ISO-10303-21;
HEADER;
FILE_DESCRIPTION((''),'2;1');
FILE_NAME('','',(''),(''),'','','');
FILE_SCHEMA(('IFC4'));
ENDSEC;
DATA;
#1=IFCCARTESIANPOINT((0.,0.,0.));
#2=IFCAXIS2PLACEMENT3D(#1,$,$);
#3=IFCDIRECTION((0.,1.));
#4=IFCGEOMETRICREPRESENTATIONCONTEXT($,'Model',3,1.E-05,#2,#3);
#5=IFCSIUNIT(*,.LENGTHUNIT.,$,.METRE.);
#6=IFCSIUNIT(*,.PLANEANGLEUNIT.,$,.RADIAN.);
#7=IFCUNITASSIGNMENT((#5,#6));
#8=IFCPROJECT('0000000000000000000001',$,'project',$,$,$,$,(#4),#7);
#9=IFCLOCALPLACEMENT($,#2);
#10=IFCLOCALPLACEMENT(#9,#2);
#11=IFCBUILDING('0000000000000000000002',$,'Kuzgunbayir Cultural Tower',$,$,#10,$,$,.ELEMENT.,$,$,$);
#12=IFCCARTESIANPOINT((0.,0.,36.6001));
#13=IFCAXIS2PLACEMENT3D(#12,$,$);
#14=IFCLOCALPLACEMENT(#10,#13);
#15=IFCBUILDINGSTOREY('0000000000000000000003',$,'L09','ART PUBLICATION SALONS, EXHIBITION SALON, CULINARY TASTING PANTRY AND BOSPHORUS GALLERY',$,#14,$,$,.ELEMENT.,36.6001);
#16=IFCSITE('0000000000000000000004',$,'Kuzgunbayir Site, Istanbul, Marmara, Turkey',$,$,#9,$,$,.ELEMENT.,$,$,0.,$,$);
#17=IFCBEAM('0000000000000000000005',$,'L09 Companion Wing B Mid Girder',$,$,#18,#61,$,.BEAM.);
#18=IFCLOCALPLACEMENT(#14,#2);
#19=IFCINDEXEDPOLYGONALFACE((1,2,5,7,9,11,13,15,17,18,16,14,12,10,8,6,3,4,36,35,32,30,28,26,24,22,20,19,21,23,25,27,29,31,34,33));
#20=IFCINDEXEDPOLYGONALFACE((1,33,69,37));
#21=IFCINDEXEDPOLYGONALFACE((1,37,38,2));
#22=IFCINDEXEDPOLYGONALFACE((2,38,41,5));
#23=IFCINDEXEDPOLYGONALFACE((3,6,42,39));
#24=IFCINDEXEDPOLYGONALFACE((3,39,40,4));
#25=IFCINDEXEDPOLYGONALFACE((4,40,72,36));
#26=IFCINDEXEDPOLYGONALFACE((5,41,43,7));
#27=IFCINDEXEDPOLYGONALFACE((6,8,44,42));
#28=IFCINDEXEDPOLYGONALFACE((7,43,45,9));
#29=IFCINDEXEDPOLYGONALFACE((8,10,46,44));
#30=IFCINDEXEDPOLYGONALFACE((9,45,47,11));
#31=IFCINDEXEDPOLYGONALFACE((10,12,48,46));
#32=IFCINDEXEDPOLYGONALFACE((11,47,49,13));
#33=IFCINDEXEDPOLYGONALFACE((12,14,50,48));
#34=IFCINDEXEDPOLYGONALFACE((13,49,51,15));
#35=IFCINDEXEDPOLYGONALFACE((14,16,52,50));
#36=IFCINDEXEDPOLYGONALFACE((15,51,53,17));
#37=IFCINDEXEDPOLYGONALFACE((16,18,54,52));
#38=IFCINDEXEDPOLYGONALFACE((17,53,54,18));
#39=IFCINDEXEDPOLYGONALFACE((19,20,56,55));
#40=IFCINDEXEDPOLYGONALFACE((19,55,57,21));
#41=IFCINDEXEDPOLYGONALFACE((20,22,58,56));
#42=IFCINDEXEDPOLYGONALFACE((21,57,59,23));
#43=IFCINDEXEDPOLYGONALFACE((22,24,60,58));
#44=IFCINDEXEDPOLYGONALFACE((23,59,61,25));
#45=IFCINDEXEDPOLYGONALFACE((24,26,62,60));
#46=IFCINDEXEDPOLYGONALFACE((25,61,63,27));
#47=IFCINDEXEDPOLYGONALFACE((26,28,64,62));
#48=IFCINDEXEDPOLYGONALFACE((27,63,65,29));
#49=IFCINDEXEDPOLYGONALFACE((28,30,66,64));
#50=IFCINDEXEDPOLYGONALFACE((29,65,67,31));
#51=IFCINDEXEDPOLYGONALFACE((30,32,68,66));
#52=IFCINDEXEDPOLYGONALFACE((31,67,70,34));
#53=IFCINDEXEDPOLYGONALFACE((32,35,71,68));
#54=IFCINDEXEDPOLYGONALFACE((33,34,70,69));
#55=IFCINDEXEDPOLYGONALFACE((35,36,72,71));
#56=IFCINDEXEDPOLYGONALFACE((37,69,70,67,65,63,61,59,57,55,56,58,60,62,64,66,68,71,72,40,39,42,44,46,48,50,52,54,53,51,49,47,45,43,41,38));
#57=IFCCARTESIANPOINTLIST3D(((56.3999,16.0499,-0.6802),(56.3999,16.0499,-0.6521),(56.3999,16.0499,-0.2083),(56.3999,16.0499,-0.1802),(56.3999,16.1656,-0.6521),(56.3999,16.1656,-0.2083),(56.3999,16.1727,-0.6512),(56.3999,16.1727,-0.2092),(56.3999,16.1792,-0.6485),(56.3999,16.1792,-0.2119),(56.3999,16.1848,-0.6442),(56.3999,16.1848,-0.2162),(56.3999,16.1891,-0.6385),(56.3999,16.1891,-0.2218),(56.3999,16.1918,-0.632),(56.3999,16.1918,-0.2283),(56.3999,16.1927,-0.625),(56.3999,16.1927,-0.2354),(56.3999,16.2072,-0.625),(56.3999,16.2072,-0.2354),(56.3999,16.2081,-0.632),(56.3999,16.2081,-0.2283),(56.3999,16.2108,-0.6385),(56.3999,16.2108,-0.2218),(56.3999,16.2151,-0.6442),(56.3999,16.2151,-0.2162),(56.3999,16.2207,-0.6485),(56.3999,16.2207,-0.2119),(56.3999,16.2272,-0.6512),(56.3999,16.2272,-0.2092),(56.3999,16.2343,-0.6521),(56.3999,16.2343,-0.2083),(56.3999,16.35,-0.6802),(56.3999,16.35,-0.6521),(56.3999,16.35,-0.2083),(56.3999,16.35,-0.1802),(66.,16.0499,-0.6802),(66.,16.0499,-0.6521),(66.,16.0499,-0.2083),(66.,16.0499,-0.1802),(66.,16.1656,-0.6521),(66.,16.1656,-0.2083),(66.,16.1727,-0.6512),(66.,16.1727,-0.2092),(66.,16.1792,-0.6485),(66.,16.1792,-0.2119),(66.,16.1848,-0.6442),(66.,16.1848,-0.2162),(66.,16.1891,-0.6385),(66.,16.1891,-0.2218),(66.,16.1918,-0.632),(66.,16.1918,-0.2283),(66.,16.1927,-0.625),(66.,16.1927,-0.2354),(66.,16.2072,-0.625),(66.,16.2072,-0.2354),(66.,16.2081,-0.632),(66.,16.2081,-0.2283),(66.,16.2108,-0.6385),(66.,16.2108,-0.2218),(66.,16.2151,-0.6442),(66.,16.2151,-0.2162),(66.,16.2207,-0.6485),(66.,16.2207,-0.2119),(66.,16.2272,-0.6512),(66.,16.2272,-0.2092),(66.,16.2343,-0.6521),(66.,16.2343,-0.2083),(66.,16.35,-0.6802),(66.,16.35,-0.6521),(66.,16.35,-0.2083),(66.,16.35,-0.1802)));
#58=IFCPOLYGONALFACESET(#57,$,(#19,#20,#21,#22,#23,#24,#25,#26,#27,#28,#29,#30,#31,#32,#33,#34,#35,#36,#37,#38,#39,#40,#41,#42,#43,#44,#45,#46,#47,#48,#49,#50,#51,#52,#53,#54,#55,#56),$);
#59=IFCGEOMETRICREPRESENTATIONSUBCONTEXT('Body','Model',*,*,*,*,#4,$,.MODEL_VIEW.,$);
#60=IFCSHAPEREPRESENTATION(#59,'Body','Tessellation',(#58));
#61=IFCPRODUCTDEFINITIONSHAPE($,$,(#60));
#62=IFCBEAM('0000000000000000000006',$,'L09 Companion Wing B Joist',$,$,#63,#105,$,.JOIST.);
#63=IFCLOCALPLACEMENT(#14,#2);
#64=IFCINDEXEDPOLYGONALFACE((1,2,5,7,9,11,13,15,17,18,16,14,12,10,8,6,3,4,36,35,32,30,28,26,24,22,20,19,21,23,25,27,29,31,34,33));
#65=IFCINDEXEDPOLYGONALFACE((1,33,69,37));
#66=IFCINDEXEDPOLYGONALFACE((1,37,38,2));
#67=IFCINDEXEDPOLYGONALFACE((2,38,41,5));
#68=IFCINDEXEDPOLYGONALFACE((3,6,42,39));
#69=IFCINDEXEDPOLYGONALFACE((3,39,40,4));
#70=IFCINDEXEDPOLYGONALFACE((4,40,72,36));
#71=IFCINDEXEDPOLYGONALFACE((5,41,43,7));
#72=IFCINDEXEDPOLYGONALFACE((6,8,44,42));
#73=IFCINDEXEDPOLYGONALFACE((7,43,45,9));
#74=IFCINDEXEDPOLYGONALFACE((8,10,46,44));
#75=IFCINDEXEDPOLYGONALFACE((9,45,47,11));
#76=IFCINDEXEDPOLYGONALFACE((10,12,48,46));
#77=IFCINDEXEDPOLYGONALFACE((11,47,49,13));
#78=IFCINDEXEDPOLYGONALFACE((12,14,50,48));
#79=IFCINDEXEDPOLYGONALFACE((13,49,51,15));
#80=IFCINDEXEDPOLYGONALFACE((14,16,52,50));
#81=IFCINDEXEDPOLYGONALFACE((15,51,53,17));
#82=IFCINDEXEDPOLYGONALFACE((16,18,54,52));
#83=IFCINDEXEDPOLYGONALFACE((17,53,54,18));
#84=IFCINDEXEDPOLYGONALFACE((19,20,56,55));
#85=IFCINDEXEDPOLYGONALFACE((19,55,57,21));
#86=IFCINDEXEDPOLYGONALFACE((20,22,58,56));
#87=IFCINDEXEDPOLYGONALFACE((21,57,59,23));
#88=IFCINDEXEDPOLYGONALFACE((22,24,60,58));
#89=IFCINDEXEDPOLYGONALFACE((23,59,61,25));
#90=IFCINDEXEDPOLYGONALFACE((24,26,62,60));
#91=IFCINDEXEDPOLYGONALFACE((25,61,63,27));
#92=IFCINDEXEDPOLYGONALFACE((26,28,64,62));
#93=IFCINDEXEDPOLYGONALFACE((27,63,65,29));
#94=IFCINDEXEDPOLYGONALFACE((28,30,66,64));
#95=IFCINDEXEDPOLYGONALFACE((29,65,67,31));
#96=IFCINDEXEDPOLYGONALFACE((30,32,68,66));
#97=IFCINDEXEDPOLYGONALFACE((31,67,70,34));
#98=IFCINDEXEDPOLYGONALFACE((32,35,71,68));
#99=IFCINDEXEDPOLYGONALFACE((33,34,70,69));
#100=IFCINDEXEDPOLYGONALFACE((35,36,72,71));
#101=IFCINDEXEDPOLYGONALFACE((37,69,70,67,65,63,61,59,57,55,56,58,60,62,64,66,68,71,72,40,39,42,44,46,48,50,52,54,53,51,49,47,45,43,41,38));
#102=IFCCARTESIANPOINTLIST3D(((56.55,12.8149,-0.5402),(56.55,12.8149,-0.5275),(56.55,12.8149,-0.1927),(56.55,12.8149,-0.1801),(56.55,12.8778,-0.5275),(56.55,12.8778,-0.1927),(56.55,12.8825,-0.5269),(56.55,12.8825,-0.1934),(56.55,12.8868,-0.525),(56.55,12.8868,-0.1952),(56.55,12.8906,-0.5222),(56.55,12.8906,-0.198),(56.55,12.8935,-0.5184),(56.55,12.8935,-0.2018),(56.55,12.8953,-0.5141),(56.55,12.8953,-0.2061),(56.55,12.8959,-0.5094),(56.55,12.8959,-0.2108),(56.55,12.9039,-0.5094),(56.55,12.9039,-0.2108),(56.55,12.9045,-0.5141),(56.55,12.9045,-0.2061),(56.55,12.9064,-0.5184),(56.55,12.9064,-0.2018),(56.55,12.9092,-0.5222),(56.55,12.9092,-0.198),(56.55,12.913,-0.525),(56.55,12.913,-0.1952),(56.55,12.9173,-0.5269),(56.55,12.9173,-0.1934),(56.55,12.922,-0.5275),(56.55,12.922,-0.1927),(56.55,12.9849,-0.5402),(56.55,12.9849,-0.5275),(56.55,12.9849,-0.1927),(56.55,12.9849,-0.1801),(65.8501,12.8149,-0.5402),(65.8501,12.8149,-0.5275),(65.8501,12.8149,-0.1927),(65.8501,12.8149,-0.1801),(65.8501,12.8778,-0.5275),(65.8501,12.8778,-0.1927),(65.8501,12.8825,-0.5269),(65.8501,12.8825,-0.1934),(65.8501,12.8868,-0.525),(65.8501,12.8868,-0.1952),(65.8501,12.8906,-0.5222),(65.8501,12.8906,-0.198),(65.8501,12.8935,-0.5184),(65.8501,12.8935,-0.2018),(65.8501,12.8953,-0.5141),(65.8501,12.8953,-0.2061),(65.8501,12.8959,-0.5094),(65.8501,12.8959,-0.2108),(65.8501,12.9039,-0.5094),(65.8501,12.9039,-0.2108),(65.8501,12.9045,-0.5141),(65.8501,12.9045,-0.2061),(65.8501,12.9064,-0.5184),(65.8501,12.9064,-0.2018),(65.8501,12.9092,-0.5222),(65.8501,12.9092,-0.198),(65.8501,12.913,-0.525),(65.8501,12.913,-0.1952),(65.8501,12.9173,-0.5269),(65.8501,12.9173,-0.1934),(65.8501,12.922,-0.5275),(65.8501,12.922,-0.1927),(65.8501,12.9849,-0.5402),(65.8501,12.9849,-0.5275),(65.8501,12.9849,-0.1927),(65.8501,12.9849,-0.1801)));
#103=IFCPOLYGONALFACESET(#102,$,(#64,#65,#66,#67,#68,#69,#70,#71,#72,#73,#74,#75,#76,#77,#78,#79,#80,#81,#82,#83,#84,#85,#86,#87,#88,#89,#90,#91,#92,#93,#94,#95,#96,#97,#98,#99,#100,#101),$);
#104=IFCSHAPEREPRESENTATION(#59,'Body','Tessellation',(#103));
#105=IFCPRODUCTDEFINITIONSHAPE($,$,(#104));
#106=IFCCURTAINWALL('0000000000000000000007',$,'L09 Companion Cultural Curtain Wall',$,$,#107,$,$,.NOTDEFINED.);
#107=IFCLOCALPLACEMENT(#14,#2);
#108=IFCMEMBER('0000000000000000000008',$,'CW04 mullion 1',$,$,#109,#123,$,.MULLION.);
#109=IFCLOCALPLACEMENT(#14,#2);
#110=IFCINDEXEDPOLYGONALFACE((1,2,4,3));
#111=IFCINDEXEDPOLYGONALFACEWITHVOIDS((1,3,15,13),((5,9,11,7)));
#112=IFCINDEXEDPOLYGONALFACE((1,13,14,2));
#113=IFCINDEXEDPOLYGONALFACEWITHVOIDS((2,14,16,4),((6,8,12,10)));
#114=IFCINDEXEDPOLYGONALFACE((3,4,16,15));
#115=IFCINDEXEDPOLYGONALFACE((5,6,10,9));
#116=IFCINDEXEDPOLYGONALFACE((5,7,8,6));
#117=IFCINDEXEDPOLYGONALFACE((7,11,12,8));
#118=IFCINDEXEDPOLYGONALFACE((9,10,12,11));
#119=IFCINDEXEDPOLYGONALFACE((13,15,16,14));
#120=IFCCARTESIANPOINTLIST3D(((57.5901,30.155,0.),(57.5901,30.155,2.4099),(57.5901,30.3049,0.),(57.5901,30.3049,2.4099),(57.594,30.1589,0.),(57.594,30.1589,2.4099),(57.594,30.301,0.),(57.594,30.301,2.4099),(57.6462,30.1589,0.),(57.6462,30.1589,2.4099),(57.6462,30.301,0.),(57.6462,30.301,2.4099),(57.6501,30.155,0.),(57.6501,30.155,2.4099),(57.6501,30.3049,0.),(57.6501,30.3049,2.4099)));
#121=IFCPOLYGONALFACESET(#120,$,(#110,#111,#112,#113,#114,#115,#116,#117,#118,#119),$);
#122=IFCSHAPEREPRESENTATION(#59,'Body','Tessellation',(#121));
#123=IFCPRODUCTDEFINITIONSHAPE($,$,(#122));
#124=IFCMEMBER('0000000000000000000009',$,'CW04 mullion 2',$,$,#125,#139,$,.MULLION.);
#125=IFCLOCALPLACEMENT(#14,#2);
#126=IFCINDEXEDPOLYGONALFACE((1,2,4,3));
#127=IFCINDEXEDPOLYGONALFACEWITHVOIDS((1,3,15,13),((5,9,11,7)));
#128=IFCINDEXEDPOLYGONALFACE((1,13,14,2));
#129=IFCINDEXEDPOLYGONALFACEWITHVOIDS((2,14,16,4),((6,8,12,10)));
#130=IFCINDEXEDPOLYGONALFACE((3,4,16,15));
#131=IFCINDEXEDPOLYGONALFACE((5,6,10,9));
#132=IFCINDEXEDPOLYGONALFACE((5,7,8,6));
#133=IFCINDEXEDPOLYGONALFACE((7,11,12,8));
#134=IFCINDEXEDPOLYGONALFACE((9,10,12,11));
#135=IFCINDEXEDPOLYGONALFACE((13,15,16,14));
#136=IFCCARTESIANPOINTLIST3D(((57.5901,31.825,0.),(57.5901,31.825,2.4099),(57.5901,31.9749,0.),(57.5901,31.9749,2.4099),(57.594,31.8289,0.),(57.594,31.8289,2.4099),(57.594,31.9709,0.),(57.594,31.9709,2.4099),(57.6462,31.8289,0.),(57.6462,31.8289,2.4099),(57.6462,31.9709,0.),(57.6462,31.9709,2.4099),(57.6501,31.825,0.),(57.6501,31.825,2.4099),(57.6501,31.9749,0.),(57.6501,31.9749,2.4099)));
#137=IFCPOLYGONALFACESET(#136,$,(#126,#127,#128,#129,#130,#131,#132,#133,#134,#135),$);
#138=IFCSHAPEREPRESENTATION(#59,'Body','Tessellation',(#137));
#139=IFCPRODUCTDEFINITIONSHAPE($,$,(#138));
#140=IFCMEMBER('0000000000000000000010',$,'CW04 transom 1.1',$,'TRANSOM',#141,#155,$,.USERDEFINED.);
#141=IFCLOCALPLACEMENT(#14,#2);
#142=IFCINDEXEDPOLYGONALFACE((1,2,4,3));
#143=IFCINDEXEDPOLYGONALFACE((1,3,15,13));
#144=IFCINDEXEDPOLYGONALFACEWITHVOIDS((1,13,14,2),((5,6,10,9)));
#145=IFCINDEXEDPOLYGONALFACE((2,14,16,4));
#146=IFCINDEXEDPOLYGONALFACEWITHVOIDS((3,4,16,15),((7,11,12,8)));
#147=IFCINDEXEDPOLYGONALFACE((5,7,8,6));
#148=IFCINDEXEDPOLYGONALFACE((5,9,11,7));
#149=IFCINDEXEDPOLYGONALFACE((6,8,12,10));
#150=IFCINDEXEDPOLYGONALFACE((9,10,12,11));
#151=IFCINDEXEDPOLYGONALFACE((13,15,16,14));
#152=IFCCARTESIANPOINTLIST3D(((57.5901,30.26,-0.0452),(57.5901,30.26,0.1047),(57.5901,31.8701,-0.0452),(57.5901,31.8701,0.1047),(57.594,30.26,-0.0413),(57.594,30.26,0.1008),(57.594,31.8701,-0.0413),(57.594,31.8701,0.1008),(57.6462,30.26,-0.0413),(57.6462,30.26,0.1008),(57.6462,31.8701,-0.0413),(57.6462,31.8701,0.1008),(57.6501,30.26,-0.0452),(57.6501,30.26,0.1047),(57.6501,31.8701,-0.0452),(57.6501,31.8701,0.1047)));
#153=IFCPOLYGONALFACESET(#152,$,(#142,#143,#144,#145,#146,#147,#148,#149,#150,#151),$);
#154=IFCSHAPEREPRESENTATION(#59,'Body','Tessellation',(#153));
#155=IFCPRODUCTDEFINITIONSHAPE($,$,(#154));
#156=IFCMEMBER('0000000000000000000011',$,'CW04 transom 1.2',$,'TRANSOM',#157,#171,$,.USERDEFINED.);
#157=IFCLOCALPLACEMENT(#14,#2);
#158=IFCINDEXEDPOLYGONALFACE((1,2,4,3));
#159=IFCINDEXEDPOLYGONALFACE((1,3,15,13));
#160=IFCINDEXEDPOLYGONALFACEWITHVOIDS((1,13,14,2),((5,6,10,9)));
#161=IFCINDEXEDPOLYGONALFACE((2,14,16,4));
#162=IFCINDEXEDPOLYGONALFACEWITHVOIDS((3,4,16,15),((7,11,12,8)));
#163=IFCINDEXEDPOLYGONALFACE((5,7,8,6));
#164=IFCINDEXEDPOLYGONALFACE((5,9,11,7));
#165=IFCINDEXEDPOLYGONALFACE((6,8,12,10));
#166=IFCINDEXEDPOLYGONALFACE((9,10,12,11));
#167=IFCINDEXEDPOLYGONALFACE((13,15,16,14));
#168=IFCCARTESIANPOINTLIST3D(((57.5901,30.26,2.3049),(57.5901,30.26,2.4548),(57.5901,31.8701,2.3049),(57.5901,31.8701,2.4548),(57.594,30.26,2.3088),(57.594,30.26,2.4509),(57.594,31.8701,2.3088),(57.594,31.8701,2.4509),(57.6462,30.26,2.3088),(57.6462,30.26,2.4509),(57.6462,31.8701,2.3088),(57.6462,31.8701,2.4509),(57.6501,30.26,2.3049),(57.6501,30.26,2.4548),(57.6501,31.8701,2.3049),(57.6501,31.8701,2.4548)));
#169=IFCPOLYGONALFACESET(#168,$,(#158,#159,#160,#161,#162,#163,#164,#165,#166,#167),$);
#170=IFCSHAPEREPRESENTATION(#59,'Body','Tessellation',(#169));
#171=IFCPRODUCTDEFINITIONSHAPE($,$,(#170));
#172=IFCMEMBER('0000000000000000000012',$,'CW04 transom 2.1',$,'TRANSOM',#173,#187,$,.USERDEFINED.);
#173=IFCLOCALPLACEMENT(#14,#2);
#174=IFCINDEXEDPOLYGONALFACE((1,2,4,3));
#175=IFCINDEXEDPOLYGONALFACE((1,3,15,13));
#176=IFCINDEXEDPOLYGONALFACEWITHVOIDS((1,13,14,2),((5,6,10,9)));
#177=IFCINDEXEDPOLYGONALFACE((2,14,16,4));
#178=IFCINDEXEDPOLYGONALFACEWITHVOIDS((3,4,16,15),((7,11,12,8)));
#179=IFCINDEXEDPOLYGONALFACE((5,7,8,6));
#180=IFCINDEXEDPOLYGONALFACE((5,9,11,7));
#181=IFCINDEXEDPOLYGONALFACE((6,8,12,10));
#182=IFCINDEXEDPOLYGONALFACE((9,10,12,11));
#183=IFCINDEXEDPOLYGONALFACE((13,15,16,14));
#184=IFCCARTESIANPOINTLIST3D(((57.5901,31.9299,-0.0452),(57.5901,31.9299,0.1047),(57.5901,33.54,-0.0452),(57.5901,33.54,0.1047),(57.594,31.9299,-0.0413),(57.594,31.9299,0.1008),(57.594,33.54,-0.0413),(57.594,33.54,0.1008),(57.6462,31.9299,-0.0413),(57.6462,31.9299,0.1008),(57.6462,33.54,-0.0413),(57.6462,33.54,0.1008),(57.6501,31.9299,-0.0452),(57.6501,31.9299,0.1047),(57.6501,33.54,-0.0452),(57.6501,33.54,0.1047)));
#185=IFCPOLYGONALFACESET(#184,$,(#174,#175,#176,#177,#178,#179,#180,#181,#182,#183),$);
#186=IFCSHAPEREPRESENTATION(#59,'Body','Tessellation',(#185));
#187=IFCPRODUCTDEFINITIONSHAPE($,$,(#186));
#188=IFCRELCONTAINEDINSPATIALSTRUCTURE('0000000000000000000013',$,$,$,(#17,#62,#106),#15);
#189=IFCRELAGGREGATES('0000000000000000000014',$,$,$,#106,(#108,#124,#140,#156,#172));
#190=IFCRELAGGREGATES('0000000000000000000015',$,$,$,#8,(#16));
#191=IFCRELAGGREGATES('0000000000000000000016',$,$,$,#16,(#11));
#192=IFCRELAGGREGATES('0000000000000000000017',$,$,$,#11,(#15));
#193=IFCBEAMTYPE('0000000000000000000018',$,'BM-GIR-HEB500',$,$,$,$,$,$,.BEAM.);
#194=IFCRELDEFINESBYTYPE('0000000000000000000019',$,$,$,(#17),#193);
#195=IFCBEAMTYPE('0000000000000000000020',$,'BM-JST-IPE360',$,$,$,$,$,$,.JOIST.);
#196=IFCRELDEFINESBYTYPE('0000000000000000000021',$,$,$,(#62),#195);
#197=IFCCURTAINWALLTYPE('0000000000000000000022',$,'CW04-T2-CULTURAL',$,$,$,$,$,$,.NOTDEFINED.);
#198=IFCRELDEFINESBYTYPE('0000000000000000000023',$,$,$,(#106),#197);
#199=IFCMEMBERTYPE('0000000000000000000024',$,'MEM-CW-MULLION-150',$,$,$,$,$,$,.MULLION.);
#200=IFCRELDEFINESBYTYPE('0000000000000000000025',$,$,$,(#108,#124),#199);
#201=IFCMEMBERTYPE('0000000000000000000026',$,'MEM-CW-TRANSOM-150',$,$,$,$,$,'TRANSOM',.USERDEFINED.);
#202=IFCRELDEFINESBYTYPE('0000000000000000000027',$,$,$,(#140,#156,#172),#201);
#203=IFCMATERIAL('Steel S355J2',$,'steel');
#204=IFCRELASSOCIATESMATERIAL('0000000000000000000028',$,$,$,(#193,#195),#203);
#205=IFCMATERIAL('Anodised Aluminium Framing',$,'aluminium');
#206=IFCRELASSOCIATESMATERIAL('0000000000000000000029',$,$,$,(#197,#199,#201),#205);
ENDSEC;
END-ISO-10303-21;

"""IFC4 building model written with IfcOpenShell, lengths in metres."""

from ifc_helpers import new_model, si_unit, direction, frame, origin, origin_2d, place, context, subcontext, project, spatial, hollow_rectangle, i_section, extrude, material, material_profile, profile_set, type_object, element, aggregate, save


model = new_model("IFC4")

# Units and contexts
model_context = context("Model", 3, precision=1e-05, world=origin(), true_north=direction((0.0, 1.0)))
body_context = subcontext(model_context, "Body", "Model", "MODEL_VIEW")
ifc_project = project(units=[si_unit("LENGTHUNIT", "METRE"), si_unit("PLANEANGLEUNIT", "RADIAN")], contexts=[model_context])

# Site, building, storey
site_placement = place(None, origin())
site = spatial("IfcSite", under=ifc_project, at=site_placement, Name="Kuzgunbayir Site, Istanbul, Marmara, Turkey", CompositionType="ELEMENT", RefElevation=0.0)
building_placement = place(site_placement, origin())
building = spatial("IfcBuilding", under=site, at=building_placement, Name="Kuzgunbayir Cultural Tower", CompositionType="ELEMENT")
storey_placement = place(building_placement, frame((0.0, 0.0, 36.6001)))
storey = spatial("IfcBuildingStorey", under=building, at=storey_placement, Name="L09", Description="ART PUBLICATION SALONS, EXHIBITION SALON, CULINARY TASTING PANTRY AND BOSPHORUS GALLERY", CompositionType="ELEMENT", Elevation=36.6001)

# Beams
ifc_material_1 = material(Name="Steel S355J2", Category="steel")
ifc_material_profile_1 = material_profile(ifc_material_1, i_section(OverallWidth=0.3, OverallDepth=0.5, WebThickness=0.0144, FlangeThickness=0.0281, FilletRadius=0.0271, at=origin_2d()), Name="HEB 500")
ifc_profile_set_1 = profile_set([ifc_material_profile_1], Name="Steel S355J2")
beam_type_1 = type_object("IfcBeamType", Name="BM-GIR-HEB500", PredefinedType="BEAM", material=ifc_profile_set_1)
beam_1_placement = place(storey_placement, frame((56.3999, 16.2, -0.4302), z_axis=(1.0, 0.0, 0.0), x_axis=(0.0, 1.0, 0.0)))
element("IfcBeam", 1, at=beam_1_placement, inside=storey, type_object=beam_type_1, Name="L09 Companion Wing B Mid Girder", PredefinedType="BEAM", context=body_context, shape_type="SweptSolid", body=[
    extrude(i_section(OverallWidth=0.3, OverallDepth=0.5, WebThickness=0.0144, FlangeThickness=0.0281, FilletRadius=0.0271, at=origin_2d()), origin(), (0.0, 0.0, 1.0), 9.6001),
])
ifc_material_profile_2 = material_profile(ifc_material_1, i_section(OverallWidth=0.1699, OverallDepth=0.3601, WebThickness=0.0081, FlangeThickness=0.0127, FilletRadius=0.0181, at=origin_2d()), Name="IPE 360")
ifc_profile_set_2 = profile_set([ifc_material_profile_2], Name="Steel S355J2")
beam_type_2 = type_object("IfcBeamType", Name="BM-JST-IPE360", PredefinedType="JOIST", material=ifc_profile_set_2)
beam_2_placement = place(storey_placement, frame((56.55, 12.8999, -0.3601), z_axis=(1.0, 0.0, 0.0), x_axis=(0.0, 1.0, 0.0)))
element("IfcBeam", 2, at=beam_2_placement, inside=storey, type_object=beam_type_2, Name="L09 Companion Wing B Joist", PredefinedType="JOIST", context=body_context, shape_type="SweptSolid", body=[
    extrude(i_section(OverallWidth=0.1699, OverallDepth=0.3601, WebThickness=0.0081, FlangeThickness=0.0127, FilletRadius=0.0181, at=origin_2d()), origin(), (0.0, 0.0, 1.0), 9.3),
])

# Curtain wall, members
ifc_material_2 = material(Name="Anodised Aluminium Framing", Category="aluminium")
curtain_wall_type = type_object("IfcCurtainWallType", Name="CW04-T2-CULTURAL", PredefinedType="NOTDEFINED", material=ifc_material_2)
curtain_wall_placement = place(storey_placement, origin())
curtain_wall = element("IfcCurtainWall", 3, at=curtain_wall_placement, inside=storey, type_object=curtain_wall_type, Name="L09 Companion Cultural Curtain Wall", PredefinedType="NOTDEFINED")
ifc_material_profile_3 = material_profile(ifc_material_2, hollow_rectangle(XDim=0.0601, YDim=0.1499, WallThickness=0.0039, at=origin_2d()), Name="RHS 150x60x4")
ifc_profile_set_3 = profile_set([ifc_material_profile_3], Name="Anodised Aluminium Framing")
member_type_1 = type_object("IfcMemberType", Name="MEM-CW-MULLION-150", PredefinedType="MULLION", material=ifc_profile_set_3)
member_1_placement = place(storey_placement, frame((57.6201, 30.23, 0.0), z_axis=(0.0, 0.0, 1.0), x_axis=(-1.0, 0.0, 0.0)))
member_1 = element("IfcMember", 4, at=member_1_placement, type_object=member_type_1, Name="CW04 mullion 1", PredefinedType="MULLION", context=body_context, shape_type="SweptSolid", body=[
    extrude(hollow_rectangle(XDim=0.0601, YDim=0.1499, WallThickness=0.0039, at=origin_2d()), origin(), (0.0, 0.0, 1.0), 2.4099),
])
member_2_placement = place(storey_placement, frame((57.6201, 31.8999, 0.0), z_axis=(0.0, 0.0, 1.0), x_axis=(-1.0, 0.0, 0.0)))
member_2 = element("IfcMember", 5, at=member_2_placement, type_object=member_type_1, Name="CW04 mullion 2", PredefinedType="MULLION", context=body_context, shape_type="SweptSolid", body=[
    extrude(hollow_rectangle(XDim=0.0601, YDim=0.1499, WallThickness=0.0039, at=origin_2d()), origin(), (0.0, 0.0, 1.0), 2.4099),
])
ifc_material_profile_4 = material_profile(ifc_material_2, hollow_rectangle(XDim=0.0601, YDim=0.1499, WallThickness=0.0039, at=origin_2d()), Name="RHS 150x60x4")
ifc_profile_set_4 = profile_set([ifc_material_profile_4], Name="Anodised Aluminium Framing")
member_type_2 = type_object("IfcMemberType", Name="MEM-CW-TRANSOM-150", ElementType="TRANSOM", PredefinedType="USERDEFINED", material=ifc_profile_set_4)
member_3_placement = place(storey_placement, frame((57.6201, 30.26, 0.0298), z_axis=(0.0, 1.0, 0.0), x_axis=(-1.0, 0.0, 0.0)))
member_3 = element("IfcMember", 6, at=member_3_placement, type_object=member_type_2, Name="CW04 transom 1.1", ObjectType="TRANSOM", PredefinedType="USERDEFINED", context=body_context, shape_type="SweptSolid", body=[
    extrude(hollow_rectangle(XDim=0.0601, YDim=0.1499, WallThickness=0.0039, at=origin_2d()), origin(), (0.0, 0.0, 1.0), 1.6101),
])
member_4_placement = place(storey_placement, frame((57.6201, 30.26, 2.3799), z_axis=(0.0, 1.0, 0.0), x_axis=(-1.0, 0.0, 0.0)))
member_4 = element("IfcMember", 7, at=member_4_placement, type_object=member_type_2, Name="CW04 transom 1.2", ObjectType="TRANSOM", PredefinedType="USERDEFINED", context=body_context, shape_type="SweptSolid", body=[
    extrude(hollow_rectangle(XDim=0.0601, YDim=0.1499, WallThickness=0.0039, at=origin_2d()), origin(), (0.0, 0.0, 1.0), 1.6101),
])
member_5_placement = place(storey_placement, frame((57.6201, 31.9299, 0.0298), z_axis=(0.0, 1.0, 0.0), x_axis=(-1.0, 0.0, 0.0)))
member_5 = element("IfcMember", 8, at=member_5_placement, type_object=member_type_2, Name="CW04 transom 2.1", ObjectType="TRANSOM", PredefinedType="USERDEFINED", context=body_context, shape_type="SweptSolid", body=[
    extrude(hollow_rectangle(XDim=0.0601, YDim=0.1499, WallThickness=0.0039, at=origin_2d()), origin(), (0.0, 0.0, 1.0), 1.6101),
])
aggregate(curtain_wall, [member_1, member_2, member_3, member_4, member_5])

save(model, "model.ifc")
